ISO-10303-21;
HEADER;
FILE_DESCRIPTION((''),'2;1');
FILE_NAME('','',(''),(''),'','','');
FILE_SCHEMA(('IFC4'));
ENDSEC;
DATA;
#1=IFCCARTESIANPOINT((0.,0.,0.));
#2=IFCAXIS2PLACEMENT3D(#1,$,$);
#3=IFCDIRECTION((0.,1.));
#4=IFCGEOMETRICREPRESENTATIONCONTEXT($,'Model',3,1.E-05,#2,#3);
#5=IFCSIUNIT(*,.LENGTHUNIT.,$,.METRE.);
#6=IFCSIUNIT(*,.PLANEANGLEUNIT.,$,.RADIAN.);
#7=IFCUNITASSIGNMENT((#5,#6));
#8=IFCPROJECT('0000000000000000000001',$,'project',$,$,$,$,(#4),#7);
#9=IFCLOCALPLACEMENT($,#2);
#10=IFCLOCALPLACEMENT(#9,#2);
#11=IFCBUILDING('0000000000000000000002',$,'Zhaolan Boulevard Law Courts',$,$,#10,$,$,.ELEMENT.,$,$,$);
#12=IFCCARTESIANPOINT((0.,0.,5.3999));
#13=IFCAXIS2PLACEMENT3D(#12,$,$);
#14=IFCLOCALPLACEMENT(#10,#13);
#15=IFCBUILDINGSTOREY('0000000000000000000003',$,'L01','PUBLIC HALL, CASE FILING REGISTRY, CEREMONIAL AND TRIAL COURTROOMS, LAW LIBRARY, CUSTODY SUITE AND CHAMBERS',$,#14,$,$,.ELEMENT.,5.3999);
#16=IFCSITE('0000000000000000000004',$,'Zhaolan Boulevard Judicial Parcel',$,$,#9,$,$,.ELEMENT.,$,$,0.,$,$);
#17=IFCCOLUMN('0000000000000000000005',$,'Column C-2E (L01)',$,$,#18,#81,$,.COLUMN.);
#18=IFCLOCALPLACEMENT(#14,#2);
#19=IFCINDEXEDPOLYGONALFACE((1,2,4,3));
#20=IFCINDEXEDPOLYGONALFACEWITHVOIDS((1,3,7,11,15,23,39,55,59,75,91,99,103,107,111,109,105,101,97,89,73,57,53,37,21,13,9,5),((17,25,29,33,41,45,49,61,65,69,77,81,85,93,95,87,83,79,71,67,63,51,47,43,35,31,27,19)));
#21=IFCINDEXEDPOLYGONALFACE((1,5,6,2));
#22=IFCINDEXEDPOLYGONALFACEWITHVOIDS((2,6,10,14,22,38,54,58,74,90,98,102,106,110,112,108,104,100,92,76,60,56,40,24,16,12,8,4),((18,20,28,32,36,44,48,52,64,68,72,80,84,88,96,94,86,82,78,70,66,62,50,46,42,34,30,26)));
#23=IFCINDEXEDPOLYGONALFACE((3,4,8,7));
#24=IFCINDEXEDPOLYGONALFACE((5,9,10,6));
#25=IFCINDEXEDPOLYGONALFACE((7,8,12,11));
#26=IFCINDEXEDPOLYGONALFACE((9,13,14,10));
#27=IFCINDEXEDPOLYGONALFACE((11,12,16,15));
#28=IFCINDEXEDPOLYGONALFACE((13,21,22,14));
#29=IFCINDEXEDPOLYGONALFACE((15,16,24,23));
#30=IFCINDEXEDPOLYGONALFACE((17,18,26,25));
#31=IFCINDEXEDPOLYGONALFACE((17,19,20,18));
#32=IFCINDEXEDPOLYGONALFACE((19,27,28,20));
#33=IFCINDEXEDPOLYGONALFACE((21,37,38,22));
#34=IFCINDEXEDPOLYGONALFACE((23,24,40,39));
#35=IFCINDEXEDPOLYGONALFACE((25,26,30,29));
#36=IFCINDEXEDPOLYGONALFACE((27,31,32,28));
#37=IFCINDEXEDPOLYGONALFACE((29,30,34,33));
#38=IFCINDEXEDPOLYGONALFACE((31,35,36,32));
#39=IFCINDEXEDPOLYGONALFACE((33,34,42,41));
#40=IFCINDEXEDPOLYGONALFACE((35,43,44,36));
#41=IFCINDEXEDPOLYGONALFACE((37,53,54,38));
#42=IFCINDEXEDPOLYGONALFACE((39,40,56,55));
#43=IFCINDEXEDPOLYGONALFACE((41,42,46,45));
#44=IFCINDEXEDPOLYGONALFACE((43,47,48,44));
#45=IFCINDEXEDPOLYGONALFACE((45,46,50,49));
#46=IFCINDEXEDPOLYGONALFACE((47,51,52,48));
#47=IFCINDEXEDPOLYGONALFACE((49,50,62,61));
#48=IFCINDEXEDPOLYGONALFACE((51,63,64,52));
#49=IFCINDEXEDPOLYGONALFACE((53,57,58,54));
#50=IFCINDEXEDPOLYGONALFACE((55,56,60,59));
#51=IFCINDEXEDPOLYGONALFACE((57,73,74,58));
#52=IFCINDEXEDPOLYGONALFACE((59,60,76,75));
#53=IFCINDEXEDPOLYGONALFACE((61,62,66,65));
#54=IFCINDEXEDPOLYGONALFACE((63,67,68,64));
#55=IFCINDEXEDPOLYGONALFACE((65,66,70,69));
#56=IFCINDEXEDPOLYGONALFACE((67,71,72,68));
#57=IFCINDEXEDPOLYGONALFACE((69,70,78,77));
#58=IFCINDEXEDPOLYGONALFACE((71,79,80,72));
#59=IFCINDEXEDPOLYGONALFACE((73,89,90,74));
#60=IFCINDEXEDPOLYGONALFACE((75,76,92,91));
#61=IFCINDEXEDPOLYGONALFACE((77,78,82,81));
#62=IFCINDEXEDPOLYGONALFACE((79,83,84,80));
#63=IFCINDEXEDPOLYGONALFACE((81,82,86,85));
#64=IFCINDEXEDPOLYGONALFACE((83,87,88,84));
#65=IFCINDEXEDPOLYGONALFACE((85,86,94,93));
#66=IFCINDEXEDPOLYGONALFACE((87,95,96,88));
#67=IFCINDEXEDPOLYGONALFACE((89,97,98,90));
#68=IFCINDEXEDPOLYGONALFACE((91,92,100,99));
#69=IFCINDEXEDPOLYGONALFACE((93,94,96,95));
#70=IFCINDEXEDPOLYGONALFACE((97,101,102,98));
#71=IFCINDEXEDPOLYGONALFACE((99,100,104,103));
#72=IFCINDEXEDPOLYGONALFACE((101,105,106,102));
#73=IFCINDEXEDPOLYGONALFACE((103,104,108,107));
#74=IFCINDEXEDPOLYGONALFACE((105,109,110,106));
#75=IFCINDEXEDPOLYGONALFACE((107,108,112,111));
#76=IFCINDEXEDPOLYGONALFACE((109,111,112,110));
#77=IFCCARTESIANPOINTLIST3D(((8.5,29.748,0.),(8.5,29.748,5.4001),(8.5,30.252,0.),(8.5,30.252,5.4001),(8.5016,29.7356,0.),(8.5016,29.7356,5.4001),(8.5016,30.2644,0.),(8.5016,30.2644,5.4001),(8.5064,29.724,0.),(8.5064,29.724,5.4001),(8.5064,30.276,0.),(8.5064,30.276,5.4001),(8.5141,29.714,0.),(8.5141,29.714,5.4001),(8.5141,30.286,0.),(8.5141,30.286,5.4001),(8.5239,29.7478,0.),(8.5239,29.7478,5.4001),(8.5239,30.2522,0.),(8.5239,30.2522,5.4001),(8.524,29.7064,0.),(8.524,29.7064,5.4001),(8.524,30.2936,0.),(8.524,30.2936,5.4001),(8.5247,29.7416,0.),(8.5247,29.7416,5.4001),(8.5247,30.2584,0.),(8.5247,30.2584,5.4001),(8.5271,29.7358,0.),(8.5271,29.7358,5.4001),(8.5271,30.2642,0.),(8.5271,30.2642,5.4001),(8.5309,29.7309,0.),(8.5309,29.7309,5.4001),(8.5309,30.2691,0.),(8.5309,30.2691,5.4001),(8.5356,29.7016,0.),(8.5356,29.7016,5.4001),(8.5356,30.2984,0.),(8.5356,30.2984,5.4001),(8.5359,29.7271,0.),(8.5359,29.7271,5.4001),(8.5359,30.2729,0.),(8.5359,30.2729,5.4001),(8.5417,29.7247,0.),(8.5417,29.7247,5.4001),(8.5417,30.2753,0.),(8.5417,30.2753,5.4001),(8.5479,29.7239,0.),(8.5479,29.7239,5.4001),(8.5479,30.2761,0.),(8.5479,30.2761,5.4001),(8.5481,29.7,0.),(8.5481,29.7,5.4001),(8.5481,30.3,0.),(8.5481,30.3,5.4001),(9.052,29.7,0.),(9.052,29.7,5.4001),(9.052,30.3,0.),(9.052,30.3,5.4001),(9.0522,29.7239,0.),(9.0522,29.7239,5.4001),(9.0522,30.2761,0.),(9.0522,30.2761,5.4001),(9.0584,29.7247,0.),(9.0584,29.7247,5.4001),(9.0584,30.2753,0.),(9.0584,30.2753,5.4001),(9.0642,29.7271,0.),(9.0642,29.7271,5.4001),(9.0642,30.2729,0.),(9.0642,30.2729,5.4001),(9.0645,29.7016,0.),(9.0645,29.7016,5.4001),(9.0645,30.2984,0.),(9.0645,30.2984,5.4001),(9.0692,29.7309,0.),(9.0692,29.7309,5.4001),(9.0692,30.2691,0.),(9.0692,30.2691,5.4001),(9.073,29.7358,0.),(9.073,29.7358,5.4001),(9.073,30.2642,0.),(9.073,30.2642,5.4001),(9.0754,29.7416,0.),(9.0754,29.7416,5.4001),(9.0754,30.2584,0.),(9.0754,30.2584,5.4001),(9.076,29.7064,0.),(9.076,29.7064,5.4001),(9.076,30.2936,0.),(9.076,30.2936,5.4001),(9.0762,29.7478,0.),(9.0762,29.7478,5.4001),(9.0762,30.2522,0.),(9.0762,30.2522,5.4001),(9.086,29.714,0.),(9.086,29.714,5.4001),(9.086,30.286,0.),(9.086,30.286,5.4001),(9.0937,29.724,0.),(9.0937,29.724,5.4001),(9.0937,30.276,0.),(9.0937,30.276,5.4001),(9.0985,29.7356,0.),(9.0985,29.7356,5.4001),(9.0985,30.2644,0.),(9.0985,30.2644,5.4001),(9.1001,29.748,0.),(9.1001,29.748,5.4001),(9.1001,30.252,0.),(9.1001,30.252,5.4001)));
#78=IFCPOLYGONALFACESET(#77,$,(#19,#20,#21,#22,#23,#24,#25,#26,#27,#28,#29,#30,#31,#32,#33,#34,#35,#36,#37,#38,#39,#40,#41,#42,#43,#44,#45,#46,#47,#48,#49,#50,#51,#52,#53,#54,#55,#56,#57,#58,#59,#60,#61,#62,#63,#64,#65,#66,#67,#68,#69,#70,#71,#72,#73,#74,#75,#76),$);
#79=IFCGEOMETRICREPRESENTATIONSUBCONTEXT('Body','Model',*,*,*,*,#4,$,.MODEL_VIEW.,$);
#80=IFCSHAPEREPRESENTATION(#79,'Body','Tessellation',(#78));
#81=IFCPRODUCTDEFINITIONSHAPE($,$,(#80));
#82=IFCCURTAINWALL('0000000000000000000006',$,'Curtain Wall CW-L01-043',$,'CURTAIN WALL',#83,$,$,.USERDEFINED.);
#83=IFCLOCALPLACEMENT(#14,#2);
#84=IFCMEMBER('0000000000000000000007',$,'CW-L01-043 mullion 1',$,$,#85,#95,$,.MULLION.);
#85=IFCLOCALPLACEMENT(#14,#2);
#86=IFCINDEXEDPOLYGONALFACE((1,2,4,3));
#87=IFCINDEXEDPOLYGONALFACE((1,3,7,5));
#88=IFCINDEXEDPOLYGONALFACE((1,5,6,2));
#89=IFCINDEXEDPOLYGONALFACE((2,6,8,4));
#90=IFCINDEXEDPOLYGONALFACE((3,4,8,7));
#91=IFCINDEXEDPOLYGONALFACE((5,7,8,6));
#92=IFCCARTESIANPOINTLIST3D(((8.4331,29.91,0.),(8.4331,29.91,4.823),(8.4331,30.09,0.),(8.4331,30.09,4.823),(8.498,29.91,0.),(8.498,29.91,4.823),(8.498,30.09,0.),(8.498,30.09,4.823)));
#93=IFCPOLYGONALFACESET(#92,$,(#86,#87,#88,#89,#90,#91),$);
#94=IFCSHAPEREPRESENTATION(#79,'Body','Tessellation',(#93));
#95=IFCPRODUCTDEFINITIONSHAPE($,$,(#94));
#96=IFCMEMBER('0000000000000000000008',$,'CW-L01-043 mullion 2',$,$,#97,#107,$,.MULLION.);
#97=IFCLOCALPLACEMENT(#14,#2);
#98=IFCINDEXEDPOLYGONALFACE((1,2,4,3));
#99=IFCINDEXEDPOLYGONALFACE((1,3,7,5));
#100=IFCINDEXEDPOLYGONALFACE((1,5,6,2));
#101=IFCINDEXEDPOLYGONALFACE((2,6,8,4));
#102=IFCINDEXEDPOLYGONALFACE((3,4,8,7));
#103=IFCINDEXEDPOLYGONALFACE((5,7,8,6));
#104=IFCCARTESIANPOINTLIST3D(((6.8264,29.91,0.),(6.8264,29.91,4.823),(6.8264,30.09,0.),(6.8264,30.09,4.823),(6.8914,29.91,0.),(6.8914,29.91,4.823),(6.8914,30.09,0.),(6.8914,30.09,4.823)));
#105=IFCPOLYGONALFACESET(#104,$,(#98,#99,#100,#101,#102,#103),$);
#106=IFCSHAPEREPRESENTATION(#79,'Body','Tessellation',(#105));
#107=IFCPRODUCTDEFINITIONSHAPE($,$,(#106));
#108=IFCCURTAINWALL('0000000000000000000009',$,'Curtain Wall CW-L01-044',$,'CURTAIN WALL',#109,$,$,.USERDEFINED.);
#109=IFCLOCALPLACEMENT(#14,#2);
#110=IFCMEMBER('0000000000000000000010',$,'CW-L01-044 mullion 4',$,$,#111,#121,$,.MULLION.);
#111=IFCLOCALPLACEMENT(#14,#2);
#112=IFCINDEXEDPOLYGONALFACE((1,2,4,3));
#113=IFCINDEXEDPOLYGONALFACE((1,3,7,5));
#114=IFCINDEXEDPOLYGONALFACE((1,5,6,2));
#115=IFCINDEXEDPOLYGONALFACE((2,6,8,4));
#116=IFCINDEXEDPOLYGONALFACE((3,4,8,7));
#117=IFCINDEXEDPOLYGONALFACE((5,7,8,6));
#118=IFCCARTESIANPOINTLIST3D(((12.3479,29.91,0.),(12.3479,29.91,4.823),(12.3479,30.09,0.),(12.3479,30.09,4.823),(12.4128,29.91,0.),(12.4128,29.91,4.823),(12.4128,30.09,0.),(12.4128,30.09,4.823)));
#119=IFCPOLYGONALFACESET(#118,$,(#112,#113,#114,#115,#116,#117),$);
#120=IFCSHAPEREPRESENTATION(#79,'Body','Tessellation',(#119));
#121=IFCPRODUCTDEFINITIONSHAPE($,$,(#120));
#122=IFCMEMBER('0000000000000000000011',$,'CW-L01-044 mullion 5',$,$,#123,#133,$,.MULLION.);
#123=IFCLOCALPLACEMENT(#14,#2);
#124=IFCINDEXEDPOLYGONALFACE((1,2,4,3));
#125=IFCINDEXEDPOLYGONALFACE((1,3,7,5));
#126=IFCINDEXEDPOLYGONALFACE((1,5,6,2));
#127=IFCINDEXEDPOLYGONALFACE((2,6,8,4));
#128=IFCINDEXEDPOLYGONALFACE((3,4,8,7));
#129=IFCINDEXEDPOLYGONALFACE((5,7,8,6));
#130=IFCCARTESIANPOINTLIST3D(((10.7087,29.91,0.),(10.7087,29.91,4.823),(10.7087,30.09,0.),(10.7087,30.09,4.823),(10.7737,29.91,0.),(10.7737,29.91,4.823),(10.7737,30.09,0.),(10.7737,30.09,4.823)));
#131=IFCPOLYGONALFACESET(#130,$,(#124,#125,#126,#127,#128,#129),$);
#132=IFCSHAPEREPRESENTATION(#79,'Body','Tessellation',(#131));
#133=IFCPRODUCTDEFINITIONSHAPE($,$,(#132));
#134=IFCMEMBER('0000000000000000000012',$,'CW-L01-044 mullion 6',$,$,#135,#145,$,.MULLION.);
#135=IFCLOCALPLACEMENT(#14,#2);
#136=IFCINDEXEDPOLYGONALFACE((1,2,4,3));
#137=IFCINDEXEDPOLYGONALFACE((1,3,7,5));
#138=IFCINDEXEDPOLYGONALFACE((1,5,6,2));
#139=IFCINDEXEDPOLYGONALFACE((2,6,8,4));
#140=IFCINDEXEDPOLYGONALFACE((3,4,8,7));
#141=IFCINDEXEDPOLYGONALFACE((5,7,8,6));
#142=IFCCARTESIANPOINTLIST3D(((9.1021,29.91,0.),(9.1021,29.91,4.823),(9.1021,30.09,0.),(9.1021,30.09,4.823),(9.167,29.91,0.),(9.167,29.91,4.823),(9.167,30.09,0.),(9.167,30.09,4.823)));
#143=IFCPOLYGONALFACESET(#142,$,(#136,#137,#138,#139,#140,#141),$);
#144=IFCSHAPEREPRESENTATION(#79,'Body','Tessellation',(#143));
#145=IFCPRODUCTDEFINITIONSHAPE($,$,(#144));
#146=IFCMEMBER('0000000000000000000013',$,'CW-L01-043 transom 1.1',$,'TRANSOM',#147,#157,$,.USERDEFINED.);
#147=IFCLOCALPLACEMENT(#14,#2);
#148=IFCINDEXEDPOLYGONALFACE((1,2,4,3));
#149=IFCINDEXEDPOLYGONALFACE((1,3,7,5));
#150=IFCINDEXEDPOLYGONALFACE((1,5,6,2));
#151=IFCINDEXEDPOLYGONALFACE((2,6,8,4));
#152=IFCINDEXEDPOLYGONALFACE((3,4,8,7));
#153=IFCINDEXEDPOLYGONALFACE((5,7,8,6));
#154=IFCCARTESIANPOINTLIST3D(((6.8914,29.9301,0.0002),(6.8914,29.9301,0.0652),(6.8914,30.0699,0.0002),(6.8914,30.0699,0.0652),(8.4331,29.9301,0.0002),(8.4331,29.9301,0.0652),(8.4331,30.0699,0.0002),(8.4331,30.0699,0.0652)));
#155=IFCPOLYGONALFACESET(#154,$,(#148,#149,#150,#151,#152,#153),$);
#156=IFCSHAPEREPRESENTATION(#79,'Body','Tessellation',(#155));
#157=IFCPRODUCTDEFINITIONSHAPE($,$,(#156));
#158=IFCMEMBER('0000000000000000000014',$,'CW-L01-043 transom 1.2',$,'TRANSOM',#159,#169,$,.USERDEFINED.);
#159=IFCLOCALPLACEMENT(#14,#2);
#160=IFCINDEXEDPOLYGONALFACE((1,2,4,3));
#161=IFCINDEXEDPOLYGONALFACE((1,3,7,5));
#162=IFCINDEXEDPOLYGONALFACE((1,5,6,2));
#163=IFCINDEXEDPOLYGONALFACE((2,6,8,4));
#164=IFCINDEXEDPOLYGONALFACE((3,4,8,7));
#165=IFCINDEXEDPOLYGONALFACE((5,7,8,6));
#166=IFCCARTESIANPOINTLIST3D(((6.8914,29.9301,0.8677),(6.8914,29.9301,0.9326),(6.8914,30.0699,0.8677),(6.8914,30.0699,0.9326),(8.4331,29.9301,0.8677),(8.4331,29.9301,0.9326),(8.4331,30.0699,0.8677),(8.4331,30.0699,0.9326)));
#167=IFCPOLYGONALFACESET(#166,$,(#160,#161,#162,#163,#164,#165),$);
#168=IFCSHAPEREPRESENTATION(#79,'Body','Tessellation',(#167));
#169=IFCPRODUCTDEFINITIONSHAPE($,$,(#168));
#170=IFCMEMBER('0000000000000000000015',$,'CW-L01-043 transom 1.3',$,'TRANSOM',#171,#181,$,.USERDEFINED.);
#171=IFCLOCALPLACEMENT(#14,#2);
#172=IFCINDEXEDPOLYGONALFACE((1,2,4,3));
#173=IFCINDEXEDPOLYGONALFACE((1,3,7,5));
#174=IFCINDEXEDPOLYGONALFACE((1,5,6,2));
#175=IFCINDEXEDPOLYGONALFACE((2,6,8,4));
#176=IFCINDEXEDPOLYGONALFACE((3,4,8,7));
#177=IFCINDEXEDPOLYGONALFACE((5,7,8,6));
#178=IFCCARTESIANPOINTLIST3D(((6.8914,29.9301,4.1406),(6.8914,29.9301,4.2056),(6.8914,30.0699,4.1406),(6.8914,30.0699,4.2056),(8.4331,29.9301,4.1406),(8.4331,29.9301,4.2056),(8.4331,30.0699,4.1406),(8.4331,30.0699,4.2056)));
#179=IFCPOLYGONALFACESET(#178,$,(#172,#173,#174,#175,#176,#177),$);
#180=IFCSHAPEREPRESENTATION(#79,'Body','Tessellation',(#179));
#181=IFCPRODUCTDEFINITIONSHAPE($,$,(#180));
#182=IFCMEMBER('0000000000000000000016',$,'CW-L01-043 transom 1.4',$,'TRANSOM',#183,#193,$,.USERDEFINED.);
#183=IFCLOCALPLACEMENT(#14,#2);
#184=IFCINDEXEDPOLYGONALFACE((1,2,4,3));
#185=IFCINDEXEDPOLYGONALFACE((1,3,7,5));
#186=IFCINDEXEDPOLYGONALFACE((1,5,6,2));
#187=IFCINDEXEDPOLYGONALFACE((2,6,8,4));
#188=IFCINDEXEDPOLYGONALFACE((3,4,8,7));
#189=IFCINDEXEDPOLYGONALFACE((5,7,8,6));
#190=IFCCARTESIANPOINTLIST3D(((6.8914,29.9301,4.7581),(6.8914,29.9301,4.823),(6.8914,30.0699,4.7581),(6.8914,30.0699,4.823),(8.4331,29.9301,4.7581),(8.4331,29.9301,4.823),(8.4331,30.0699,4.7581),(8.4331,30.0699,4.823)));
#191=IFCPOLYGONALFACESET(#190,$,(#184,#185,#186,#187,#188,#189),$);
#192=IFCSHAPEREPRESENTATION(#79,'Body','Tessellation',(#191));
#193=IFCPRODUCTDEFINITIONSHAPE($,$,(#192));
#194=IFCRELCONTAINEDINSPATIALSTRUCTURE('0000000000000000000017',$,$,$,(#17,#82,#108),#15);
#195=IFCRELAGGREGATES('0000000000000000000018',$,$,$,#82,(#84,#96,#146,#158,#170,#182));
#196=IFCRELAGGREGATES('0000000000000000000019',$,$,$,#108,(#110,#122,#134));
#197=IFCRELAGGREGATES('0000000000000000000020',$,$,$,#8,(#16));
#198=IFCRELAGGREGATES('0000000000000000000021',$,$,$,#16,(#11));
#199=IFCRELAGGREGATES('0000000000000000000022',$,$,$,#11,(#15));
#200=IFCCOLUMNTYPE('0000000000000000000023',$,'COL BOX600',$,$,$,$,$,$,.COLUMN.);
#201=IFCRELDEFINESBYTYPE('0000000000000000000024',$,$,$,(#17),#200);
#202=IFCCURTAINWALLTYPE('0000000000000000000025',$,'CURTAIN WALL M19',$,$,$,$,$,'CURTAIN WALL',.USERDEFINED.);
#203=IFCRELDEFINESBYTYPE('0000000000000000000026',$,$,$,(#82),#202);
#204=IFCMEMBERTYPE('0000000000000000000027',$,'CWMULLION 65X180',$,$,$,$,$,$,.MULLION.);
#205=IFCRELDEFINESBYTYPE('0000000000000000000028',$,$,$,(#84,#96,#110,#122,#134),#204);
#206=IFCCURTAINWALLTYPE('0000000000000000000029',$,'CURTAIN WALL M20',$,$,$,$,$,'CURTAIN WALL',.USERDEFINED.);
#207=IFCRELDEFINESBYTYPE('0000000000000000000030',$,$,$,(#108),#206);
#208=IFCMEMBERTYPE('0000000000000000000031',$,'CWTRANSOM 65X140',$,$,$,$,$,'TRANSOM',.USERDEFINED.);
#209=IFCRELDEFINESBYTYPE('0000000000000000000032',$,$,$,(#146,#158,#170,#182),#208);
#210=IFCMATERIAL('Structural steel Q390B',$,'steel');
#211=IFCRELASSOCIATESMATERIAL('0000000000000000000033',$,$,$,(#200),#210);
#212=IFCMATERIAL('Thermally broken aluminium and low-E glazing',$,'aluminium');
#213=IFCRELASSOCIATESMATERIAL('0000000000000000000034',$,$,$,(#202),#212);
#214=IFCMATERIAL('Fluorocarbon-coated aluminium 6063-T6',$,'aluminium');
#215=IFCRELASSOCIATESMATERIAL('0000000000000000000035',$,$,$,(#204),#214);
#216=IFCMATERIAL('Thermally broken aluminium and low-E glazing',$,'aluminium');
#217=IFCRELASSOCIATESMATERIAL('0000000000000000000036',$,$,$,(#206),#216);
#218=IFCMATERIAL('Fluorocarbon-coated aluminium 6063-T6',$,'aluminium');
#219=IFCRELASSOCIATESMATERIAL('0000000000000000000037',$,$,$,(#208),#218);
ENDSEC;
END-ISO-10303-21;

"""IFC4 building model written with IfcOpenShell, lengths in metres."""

from ifc_helpers import new_model, si_unit, direction, frame, origin, origin_2d, place, context, subcontext, project, spatial, rectangle, hollow_rectangle, extrude, material, material_profile, profile_set, type_object, element, aggregate, save


model = new_model("IFC4")

# Units and contexts
model_context = context("Model", 3, precision=1e-05, world=origin(), true_north=direction((0.0, 1.0)))
body_context = subcontext(model_context, "Body", "Model", "MODEL_VIEW")
ifc_project = project(units=[si_unit("LENGTHUNIT", "METRE"), si_unit("PLANEANGLEUNIT", "RADIAN")], contexts=[model_context])

# Site, building, storey
site_placement = place(None, origin())
site = spatial("IfcSite", under=ifc_project, at=site_placement, Name="Zhaolan Boulevard Judicial Parcel", CompositionType="ELEMENT", RefElevation=0.0)
building_placement = place(site_placement, origin())
building = spatial("IfcBuilding", under=site, at=building_placement, Name="Zhaolan Boulevard Law Courts", CompositionType="ELEMENT")
storey_placement = place(building_placement, frame((0.0, 0.0, 5.3999)))
storey = spatial("IfcBuildingStorey", under=building, at=storey_placement, Name="L01", Description="PUBLIC HALL, CASE FILING REGISTRY, CEREMONIAL AND TRIAL COURTROOMS, LAW LIBRARY, CUSTODY SUITE AND CHAMBERS", CompositionType="ELEMENT", Elevation=5.3999)

# Column
ifc_material_1 = material(Name="Structural steel Q390B", Category="steel")
ifc_material_profile_1 = material_profile(ifc_material_1, hollow_rectangle(XDim=0.6001, YDim=0.6001, WallThickness=0.0239, InnerFilletRadius=0.0239, OuterFilletRadius=0.0481, at=origin_2d()), Name="BOX600x600x24")
ifc_profile_set_1 = profile_set([ifc_material_profile_1], Name="Structural steel Q390B")
column_type = type_object("IfcColumnType", Name="COL BOX600", PredefinedType="COLUMN", material=ifc_profile_set_1)
column_placement = place(storey_placement, frame((8.8, 30.0, 0.0), z_axis=(0.0, 0.0, 1.0), x_axis=(1.0, 0.0, 0.0)))
element("IfcColumn", 1, at=column_placement, inside=storey, type_object=column_type, Name="Column C-2E (L01)", PredefinedType="COLUMN", context=body_context, shape_type="SweptSolid", body=[
    extrude(hollow_rectangle(XDim=0.6001, YDim=0.6001, WallThickness=0.0239, InnerFilletRadius=0.0239, OuterFilletRadius=0.0481, at=origin_2d()), origin(), (0.0, 0.0, 1.0), 5.4001),
])

# Curtain walls, members
ifc_material_2 = material(Name="Thermally broken aluminium and low-E glazing", Category="aluminium")
curtain_wall_type_1 = type_object("IfcCurtainWallType", Name="CURTAIN WALL M19", ElementType="CURTAIN WALL", PredefinedType="USERDEFINED", material=ifc_material_2)
curtain_wall_1_placement = place(storey_placement, origin())
curtain_wall_1 = element("IfcCurtainWall", 2, at=curtain_wall_1_placement, inside=storey, type_object=curtain_wall_type_1, Name="Curtain Wall CW-L01-043", ObjectType="CURTAIN WALL", PredefinedType="USERDEFINED")
ifc_material_3 = material(Name="Fluorocarbon-coated aluminium 6063-T6", Category="aluminium")
ifc_material_profile_2 = material_profile(ifc_material_3, rectangle(XDim=0.1799, YDim=0.0649, at=origin_2d()), Name="AL65x180")
ifc_profile_set_2 = profile_set([ifc_material_profile_2], Name="Fluorocarbon-coated aluminium 6063-T6")
member_type_1 = type_object("IfcMemberType", Name="CWMULLION 65X180", PredefinedType="MULLION", material=ifc_profile_set_2)
member_1_placement = place(storey_placement, frame((8.4656, 30.0, 0.0), z_axis=(0.0, 0.0, 1.0), x_axis=(0.0, -1.0, 0.0)))
member_1 = element("IfcMember", 3, at=member_1_placement, type_object=member_type_1, Name="CW-L01-043 mullion 1", PredefinedType="MULLION", context=body_context, shape_type="SweptSolid", body=[
    extrude(rectangle(XDim=0.1799, YDim=0.0649, at=origin_2d()), origin(), (0.0, 0.0, 1.0), 4.823),
])
member_2_placement = place(storey_placement, frame((6.8589, 30.0, 0.0), z_axis=(0.0, 0.0, 1.0), x_axis=(0.0, -1.0, 0.0)))
member_2 = element("IfcMember", 4, at=member_2_placement, type_object=member_type_1, Name="CW-L01-043 mullion 2", PredefinedType="MULLION", context=body_context, shape_type="SweptSolid", body=[
    extrude(rectangle(XDim=0.1799, YDim=0.0649, at=origin_2d()), origin(), (0.0, 0.0, 1.0), 4.823),
])
ifc_material_4 = material(Name="Thermally broken aluminium and low-E glazing", Category="aluminium")
curtain_wall_type_2 = type_object("IfcCurtainWallType", Name="CURTAIN WALL M20", ElementType="CURTAIN WALL", PredefinedType="USERDEFINED", material=ifc_material_4)
curtain_wall_2_placement = place(storey_placement, origin())
curtain_wall_2 = element("IfcCurtainWall", 5, at=curtain_wall_2_placement, inside=storey, type_object=curtain_wall_type_2, Name="Curtain Wall CW-L01-044", ObjectType="CURTAIN WALL", PredefinedType="USERDEFINED")
member_3_placement = place(storey_placement, frame((12.3804, 30.0, 0.0), z_axis=(0.0, 0.0, 1.0), x_axis=(0.0, -1.0, 0.0)))
member_3 = element("IfcMember", 6, at=member_3_placement, type_object=member_type_1, Name="CW-L01-044 mullion 4", PredefinedType="MULLION", context=body_context, shape_type="SweptSolid", body=[
    extrude(rectangle(XDim=0.1799, YDim=0.0649, at=origin_2d()), origin(), (0.0, 0.0, 1.0), 4.823),
])
member_4_placement = place(storey_placement, frame((10.7412, 30.0, 0.0), z_axis=(0.0, 0.0, 1.0), x_axis=(0.0, -1.0, 0.0)))
member_4 = element("IfcMember", 7, at=member_4_placement, type_object=member_type_1, Name="CW-L01-044 mullion 5", PredefinedType="MULLION", context=body_context, shape_type="SweptSolid", body=[
    extrude(rectangle(XDim=0.1799, YDim=0.0649, at=origin_2d()), origin(), (0.0, 0.0, 1.0), 4.823),
])
member_5_placement = place(storey_placement, frame((9.1345, 30.0, 0.0), z_axis=(0.0, 0.0, 1.0), x_axis=(0.0, -1.0, 0.0)))
member_5 = element("IfcMember", 8, at=member_5_placement, type_object=member_type_1, Name="CW-L01-044 mullion 6", PredefinedType="MULLION", context=body_context, shape_type="SweptSolid", body=[
    extrude(rectangle(XDim=0.1799, YDim=0.0649, at=origin_2d()), origin(), (0.0, 0.0, 1.0), 4.823),
])

# Members
ifc_material_5 = material(Name="Fluorocarbon-coated aluminium 6063-T6", Category="aluminium")
ifc_material_profile_3 = material_profile(ifc_material_5, rectangle(XDim=0.1399, YDim=0.0649, at=origin_2d()), Name="AL65x140")
ifc_profile_set_3 = profile_set([ifc_material_profile_3], Name="Fluorocarbon-coated aluminium 6063-T6")
member_type_2 = type_object("IfcMemberType", Name="CWTRANSOM 65X140", ElementType="TRANSOM", PredefinedType="USERDEFINED", material=ifc_profile_set_3)
member_6_placement = place(storey_placement, frame((8.4331, 30.0, 0.0327), z_axis=(-1.0, 0.0, 0.0), x_axis=(0.0, -1.0, 0.0)))
member_6 = element("IfcMember", 9, at=member_6_placement, type_object=member_type_2, Name="CW-L01-043 transom 1.1", ObjectType="TRANSOM", PredefinedType="USERDEFINED", context=body_context, shape_type="SweptSolid", body=[
    extrude(rectangle(XDim=0.1399, YDim=0.0649, at=origin_2d()), origin(), (0.0, 0.0, 1.0), 1.5417),
])
member_7_placement = place(storey_placement, frame((8.4331, 30.0, 0.9001), z_axis=(-1.0, 0.0, 0.0), x_axis=(0.0, -1.0, 0.0)))
member_7 = element("IfcMember", 10, at=member_7_placement, type_object=member_type_2, Name="CW-L01-043 transom 1.2", ObjectType="TRANSOM", PredefinedType="USERDEFINED", context=body_context, shape_type="SweptSolid", body=[
    extrude(rectangle(XDim=0.1399, YDim=0.0649, at=origin_2d()), origin(), (0.0, 0.0, 1.0), 1.5417),
])
member_8_placement = place(storey_placement, frame((8.4331, 30.0, 4.1731), z_axis=(-1.0, 0.0, 0.0), x_axis=(0.0, -1.0, 0.0)))
member_8 = element("IfcMember", 11, at=member_8_placement, type_object=member_type_2, Name="CW-L01-043 transom 1.3", ObjectType="TRANSOM", PredefinedType="USERDEFINED", context=body_context, shape_type="SweptSolid", body=[
    extrude(rectangle(XDim=0.1399, YDim=0.0649, at=origin_2d()), origin(), (0.0, 0.0, 1.0), 1.5417),
])
member_9_placement = place(storey_placement, frame((8.4331, 30.0, 4.7905), z_axis=(-1.0, 0.0, 0.0), x_axis=(0.0, -1.0, 0.0)))
member_9 = element("IfcMember", 12, at=member_9_placement, type_object=member_type_2, Name="CW-L01-043 transom 1.4", ObjectType="TRANSOM", PredefinedType="USERDEFINED", context=body_context, shape_type="SweptSolid", body=[
    extrude(rectangle(XDim=0.1399, YDim=0.0649, at=origin_2d()), origin(), (0.0, 0.0, 1.0), 1.5417),
])

aggregate(curtain_wall_1, [member_1, member_2, member_6, member_7, member_8, member_9])
aggregate(curtain_wall_2, [member_3, member_4, member_5])

save(model, "model.ifc")
